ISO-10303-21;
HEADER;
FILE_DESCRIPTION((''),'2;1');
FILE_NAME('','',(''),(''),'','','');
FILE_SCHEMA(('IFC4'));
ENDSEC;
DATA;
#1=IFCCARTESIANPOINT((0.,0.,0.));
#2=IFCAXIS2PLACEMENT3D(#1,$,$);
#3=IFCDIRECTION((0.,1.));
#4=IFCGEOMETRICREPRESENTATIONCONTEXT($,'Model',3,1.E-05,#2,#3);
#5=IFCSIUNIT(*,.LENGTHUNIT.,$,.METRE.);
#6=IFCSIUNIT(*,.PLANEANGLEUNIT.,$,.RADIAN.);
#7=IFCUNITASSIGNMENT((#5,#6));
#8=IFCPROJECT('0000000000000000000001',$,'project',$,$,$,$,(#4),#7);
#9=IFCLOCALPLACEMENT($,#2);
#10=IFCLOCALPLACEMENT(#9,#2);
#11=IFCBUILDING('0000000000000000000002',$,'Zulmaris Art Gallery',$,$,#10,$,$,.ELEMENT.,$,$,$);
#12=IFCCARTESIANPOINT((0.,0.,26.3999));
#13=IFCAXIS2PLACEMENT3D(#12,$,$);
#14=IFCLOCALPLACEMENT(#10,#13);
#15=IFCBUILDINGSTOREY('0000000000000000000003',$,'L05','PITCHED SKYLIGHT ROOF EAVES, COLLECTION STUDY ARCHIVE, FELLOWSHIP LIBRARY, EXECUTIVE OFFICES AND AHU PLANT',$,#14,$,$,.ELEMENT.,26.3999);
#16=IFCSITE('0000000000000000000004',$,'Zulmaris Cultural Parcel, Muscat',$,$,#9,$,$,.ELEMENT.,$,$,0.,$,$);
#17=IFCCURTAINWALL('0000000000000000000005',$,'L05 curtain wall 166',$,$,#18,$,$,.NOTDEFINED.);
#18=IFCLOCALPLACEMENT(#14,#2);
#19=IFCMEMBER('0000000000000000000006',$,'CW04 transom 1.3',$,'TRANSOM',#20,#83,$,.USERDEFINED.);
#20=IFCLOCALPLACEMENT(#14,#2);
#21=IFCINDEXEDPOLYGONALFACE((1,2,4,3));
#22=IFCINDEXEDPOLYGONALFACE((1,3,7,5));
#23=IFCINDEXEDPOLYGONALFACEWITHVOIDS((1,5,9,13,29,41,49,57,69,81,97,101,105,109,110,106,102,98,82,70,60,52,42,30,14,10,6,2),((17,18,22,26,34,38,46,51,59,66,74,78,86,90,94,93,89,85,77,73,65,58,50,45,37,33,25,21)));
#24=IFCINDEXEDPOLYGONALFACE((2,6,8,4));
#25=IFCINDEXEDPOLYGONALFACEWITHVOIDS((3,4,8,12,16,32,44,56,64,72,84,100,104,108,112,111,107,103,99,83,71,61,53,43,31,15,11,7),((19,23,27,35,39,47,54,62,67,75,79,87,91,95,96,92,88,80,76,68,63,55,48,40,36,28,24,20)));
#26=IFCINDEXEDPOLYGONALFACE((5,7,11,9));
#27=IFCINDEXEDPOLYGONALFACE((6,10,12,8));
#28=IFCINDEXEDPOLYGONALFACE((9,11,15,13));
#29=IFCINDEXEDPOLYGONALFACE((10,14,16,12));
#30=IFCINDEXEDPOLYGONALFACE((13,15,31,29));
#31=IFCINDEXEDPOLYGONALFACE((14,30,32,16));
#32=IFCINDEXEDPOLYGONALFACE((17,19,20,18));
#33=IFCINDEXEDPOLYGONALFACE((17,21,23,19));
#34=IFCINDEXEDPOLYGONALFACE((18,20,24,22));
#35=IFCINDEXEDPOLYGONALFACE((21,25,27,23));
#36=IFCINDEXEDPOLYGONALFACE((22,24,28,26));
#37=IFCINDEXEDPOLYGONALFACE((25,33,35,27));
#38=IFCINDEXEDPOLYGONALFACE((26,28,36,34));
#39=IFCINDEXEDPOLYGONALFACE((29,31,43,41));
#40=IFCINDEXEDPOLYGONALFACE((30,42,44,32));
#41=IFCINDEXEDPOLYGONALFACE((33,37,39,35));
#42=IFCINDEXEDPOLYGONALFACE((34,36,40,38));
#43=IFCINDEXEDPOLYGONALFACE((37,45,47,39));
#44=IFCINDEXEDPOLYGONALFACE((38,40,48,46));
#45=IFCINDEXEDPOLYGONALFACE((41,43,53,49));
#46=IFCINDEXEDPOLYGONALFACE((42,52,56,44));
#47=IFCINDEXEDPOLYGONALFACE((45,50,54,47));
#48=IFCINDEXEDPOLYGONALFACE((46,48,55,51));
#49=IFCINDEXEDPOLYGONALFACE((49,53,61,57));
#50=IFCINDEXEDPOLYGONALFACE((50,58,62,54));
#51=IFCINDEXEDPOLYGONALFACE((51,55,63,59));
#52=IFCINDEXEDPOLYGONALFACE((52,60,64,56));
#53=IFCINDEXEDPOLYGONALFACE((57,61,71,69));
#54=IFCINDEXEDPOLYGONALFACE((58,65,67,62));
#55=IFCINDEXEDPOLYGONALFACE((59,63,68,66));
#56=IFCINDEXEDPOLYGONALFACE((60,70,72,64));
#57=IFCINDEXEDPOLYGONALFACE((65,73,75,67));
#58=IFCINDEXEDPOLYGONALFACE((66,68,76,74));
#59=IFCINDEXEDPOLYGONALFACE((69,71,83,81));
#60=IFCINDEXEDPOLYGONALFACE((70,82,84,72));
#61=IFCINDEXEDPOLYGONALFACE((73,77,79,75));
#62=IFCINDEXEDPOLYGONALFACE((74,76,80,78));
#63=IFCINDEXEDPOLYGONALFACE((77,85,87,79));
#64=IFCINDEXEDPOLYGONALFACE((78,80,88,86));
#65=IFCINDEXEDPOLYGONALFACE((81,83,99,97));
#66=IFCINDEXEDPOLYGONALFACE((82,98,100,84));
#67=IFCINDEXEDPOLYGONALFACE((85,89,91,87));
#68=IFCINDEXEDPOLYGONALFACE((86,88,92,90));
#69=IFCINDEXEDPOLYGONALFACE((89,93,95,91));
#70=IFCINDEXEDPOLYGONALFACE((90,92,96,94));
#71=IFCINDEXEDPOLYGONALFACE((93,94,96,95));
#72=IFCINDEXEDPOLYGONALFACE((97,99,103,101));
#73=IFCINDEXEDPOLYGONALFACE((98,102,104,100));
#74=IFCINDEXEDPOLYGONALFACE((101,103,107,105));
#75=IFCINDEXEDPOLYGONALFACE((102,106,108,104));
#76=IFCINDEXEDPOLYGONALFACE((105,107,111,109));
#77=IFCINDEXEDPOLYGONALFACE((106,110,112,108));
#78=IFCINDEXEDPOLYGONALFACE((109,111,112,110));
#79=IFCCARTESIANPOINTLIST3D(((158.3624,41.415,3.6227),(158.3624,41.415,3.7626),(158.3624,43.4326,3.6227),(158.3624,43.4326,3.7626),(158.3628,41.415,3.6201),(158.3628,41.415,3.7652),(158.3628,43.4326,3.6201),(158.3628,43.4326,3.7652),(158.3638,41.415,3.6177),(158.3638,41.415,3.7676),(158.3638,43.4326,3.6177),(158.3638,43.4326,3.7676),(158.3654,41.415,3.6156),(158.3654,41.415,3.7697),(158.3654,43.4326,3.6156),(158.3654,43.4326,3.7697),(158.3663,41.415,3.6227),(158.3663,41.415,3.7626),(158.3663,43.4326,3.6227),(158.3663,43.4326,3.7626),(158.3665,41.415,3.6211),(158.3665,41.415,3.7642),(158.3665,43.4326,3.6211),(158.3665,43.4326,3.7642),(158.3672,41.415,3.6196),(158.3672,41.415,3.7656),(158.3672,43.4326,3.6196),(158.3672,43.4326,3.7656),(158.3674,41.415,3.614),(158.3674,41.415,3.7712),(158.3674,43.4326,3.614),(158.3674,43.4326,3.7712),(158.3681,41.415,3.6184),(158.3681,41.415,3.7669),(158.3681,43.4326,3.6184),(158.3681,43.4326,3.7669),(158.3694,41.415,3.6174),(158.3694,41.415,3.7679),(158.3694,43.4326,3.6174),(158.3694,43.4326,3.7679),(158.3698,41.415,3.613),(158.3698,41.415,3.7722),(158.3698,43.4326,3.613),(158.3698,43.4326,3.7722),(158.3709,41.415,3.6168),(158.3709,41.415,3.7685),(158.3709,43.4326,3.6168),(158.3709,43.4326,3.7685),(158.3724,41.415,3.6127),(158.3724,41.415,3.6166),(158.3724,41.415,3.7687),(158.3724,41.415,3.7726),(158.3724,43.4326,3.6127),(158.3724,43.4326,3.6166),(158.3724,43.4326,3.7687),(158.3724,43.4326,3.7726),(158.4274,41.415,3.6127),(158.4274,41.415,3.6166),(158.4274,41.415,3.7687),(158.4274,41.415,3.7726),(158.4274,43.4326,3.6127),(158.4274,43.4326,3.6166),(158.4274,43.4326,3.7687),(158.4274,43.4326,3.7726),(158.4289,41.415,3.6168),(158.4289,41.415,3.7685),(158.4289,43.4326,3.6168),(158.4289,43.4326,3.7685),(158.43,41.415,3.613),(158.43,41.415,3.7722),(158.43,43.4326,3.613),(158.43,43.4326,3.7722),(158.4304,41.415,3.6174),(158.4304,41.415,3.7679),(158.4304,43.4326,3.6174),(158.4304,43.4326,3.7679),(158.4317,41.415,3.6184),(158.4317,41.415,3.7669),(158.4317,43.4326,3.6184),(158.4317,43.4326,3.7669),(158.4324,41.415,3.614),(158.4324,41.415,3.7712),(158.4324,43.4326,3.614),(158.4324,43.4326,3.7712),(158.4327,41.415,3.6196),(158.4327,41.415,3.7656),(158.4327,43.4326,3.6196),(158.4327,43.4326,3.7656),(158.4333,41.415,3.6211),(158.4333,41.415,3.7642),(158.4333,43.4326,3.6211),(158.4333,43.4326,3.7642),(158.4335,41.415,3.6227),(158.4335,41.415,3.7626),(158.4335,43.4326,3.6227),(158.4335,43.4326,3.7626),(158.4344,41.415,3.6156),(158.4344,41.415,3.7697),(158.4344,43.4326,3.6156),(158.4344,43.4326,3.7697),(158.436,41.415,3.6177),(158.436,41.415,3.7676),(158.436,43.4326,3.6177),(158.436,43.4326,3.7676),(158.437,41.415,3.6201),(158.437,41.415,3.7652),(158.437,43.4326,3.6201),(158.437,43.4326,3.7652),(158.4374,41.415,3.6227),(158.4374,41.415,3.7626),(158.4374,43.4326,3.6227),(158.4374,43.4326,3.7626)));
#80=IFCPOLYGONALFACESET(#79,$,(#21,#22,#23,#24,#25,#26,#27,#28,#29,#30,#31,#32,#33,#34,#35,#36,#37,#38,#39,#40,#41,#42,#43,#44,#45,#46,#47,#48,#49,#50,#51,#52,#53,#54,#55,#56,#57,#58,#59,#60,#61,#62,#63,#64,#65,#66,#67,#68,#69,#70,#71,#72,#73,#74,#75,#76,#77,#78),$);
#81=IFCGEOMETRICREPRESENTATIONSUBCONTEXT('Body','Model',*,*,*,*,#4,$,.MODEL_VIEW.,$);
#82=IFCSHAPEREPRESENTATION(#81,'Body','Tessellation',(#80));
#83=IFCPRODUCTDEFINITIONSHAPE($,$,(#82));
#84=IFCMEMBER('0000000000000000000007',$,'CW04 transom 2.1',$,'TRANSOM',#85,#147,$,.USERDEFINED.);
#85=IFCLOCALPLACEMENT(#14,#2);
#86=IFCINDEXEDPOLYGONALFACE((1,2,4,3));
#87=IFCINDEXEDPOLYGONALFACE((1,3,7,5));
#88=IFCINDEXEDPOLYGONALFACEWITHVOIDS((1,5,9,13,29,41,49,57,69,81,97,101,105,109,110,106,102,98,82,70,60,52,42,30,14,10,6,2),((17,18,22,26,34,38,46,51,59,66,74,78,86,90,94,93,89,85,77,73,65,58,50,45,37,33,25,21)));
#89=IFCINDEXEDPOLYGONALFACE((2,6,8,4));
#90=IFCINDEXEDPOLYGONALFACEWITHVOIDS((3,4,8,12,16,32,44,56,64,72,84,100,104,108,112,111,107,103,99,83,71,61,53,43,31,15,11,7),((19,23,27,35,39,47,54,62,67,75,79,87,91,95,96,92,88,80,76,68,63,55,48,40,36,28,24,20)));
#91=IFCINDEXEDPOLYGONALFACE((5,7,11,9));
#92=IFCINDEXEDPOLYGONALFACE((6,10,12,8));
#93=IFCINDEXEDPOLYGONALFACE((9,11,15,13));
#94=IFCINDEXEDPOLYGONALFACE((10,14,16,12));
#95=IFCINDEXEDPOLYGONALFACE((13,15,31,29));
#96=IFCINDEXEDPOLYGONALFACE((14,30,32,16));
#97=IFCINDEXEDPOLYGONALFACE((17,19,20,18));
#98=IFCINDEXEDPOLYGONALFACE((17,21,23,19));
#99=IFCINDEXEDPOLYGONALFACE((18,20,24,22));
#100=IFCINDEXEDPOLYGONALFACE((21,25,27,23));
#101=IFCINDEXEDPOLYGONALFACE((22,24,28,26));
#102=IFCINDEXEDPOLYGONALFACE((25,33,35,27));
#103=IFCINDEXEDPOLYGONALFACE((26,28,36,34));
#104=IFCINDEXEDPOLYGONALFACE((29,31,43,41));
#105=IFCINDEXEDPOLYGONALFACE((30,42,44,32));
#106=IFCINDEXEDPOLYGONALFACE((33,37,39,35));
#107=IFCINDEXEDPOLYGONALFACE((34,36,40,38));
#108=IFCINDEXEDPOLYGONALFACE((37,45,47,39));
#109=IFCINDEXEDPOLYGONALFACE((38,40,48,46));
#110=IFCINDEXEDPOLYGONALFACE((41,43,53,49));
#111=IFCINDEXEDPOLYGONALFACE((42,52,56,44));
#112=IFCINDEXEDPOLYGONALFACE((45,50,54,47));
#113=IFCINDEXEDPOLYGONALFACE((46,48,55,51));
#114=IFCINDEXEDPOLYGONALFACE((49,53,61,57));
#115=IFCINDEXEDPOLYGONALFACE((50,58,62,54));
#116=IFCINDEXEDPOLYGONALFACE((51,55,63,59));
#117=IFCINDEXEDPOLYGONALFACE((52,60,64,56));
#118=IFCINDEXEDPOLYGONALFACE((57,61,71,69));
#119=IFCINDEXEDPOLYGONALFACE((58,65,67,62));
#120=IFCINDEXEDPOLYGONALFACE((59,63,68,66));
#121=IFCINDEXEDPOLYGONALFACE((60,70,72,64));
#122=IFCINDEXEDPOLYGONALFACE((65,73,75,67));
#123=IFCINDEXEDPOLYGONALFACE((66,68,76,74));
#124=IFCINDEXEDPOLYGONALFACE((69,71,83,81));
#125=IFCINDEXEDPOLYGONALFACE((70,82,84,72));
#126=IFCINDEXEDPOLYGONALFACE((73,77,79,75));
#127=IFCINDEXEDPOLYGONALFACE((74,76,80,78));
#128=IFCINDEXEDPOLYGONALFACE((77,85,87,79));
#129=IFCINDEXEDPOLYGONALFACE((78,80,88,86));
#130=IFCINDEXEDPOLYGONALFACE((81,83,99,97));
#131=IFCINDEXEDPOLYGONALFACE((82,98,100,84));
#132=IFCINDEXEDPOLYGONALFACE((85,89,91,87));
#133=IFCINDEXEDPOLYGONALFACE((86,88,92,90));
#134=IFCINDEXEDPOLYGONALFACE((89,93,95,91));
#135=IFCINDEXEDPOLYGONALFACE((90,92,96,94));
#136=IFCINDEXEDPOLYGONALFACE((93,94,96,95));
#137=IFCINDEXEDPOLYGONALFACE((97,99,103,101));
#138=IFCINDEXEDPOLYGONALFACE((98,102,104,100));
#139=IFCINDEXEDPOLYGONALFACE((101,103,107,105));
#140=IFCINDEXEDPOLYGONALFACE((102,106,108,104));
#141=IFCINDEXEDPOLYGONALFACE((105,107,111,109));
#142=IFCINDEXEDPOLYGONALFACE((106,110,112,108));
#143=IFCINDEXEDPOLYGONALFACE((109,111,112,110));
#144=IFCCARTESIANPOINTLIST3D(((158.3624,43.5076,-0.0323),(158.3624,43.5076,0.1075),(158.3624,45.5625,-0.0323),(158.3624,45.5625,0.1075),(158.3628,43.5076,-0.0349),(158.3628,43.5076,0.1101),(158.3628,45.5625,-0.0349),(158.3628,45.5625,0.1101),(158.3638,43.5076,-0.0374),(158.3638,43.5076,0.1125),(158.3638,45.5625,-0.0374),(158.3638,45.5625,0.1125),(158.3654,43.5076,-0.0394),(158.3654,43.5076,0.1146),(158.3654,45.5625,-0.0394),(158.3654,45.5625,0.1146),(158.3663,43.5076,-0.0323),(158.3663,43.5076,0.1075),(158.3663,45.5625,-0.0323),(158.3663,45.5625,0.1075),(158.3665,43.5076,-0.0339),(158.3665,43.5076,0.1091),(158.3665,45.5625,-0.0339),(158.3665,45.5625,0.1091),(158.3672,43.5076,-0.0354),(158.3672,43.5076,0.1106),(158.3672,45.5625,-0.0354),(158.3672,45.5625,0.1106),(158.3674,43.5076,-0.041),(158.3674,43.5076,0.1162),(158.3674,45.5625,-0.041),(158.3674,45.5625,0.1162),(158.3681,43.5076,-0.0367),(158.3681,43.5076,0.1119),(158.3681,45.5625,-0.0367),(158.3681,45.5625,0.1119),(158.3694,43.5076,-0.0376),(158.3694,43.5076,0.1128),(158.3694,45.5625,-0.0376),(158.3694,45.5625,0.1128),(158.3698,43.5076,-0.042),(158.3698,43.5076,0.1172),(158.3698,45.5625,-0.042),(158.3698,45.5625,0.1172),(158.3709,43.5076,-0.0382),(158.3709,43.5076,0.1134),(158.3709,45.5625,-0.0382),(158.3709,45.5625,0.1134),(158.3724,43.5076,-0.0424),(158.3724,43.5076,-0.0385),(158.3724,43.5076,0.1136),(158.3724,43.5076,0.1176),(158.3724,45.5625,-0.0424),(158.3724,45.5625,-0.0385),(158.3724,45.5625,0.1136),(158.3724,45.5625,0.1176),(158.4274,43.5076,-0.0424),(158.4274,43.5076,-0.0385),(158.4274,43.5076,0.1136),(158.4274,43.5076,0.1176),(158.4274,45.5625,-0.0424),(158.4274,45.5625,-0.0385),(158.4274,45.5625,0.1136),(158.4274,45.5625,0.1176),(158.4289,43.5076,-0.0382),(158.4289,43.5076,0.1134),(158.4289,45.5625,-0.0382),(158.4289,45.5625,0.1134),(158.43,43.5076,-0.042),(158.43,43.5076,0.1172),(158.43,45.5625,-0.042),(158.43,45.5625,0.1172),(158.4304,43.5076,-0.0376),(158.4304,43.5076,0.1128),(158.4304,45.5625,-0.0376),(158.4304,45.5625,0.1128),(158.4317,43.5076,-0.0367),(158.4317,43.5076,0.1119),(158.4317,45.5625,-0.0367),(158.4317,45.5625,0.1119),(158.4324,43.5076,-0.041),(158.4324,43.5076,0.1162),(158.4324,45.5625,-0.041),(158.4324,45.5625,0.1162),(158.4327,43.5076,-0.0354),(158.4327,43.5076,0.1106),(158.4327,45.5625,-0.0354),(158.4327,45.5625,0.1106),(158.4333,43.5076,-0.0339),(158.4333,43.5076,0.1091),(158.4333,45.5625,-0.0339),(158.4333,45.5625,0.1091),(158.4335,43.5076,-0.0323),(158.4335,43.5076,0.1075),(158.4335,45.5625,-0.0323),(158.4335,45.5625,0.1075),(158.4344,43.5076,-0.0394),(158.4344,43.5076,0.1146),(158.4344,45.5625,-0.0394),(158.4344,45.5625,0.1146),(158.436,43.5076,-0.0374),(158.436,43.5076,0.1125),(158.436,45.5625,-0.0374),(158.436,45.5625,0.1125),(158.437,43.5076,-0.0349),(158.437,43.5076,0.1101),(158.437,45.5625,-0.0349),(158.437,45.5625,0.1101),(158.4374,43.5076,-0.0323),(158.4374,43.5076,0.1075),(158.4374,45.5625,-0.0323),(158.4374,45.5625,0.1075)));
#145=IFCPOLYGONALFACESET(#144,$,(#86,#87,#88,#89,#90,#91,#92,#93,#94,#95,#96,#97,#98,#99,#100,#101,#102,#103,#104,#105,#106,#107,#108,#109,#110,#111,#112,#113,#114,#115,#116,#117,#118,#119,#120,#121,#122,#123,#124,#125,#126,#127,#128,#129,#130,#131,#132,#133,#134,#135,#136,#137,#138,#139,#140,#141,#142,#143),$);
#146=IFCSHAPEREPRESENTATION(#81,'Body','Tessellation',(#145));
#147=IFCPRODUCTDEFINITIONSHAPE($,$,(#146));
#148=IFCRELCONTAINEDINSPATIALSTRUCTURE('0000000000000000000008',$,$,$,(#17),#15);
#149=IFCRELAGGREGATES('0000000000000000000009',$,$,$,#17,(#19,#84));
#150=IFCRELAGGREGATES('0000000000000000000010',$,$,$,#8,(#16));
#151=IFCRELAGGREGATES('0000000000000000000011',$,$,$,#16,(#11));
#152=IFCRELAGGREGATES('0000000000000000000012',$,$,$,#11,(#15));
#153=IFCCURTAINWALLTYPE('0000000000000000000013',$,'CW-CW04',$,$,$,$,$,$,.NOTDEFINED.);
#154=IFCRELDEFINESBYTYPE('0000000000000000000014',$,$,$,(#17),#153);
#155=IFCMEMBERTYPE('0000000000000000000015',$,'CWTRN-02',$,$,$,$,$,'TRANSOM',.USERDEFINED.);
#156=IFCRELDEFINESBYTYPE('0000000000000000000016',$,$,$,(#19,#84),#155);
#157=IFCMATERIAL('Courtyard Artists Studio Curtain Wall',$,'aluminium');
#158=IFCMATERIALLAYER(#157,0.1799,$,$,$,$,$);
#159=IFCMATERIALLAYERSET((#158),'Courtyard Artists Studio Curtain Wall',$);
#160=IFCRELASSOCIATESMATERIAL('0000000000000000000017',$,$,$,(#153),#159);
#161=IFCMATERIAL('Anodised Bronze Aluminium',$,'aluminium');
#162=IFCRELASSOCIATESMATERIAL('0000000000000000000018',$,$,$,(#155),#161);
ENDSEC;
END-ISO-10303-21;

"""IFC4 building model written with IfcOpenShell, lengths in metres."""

from ifc_helpers import new_model, si_unit, direction, frame, origin, origin_2d, place, context, subcontext, project, spatial, hollow_rectangle, extrude, material, layer, layer_set, material_profile, profile_set, type_object, element, aggregate, save


model = new_model("IFC4")

# Units and contexts
model_context = context("Model", 3, precision=1e-05, world=origin(), true_north=direction((0.0, 1.0)))
body_context = subcontext(model_context, "Body", "Model", "MODEL_VIEW")
ifc_project = project(units=[si_unit("LENGTHUNIT", "METRE"), si_unit("PLANEANGLEUNIT", "RADIAN")], contexts=[model_context])

# Site, building, storey
site_placement = place(None, origin())
site = spatial("IfcSite", under=ifc_project, at=site_placement, Name="Zulmaris Cultural Parcel, Muscat", CompositionType="ELEMENT", RefElevation=0.0)
building_placement = place(site_placement, origin())
building = spatial("IfcBuilding", under=site, at=building_placement, Name="Zulmaris Art Gallery", CompositionType="ELEMENT")
storey_placement = place(building_placement, frame((0.0, 0.0, 26.3999)))
storey = spatial("IfcBuildingStorey", under=building, at=storey_placement, Name="L05", Description="PITCHED SKYLIGHT ROOF EAVES, COLLECTION STUDY ARCHIVE, FELLOWSHIP LIBRARY, EXECUTIVE OFFICES AND AHU PLANT", CompositionType="ELEMENT", Elevation=26.3999)

# Shared definitions
ifc_material_1 = material(Name="Courtyard Artists Studio Curtain Wall", Category="aluminium")
ifc_layer_1 = layer(ifc_material_1, 0.1799)
ifc_layer_set_1 = layer_set([ifc_layer_1], Name="Courtyard Artists Studio Curtain Wall")
curtain_wall_type = type_object("IfcCurtainWallType", Name="CW-CW04", PredefinedType="NOTDEFINED", material=ifc_layer_set_1)
ifc_material_2 = material(Name="Anodised Bronze Aluminium", Category="aluminium")

# Curtain wall
curtain_wall_1_placement = place(storey_placement, origin())
curtain_wall_1 = element("IfcCurtainWall", 1, at=curtain_wall_1_placement, inside=storey, type_object=curtain_wall_type, Name="L05 curtain wall 166", PredefinedType="NOTDEFINED")

# Members
ifc_material_profile_1 = material_profile(ifc_material_2, hollow_rectangle(XDim=0.075, YDim=0.1599, WallThickness=0.0039, InnerFilletRadius=0.0061, OuterFilletRadius=0.01, at=origin_2d()), Name="ALU 75x160x4")
ifc_profile_set_1 = profile_set([ifc_material_profile_1], Name="Anodised Bronze Aluminium")
member_type_1 = type_object("IfcMemberType", Name="CWTRN-02", ElementType="TRANSOM", PredefinedType="USERDEFINED", material=ifc_profile_set_1)
member_1_placement = place(storey_placement, frame((158.3999, 41.415, 3.6926), z_axis=(0.0, 1.0, 0.0), x_axis=(-1.0, 0.0, 0.0)))
member_1 = element("IfcMember", 2, at=member_1_placement, type_object=member_type_1, Name="CW04 transom 1.3", ObjectType="TRANSOM", PredefinedType="USERDEFINED", context=body_context, shape_type="SweptSolid", body=[
    extrude(hollow_rectangle(XDim=0.075, YDim=0.1599, WallThickness=0.0039, InnerFilletRadius=0.0061, OuterFilletRadius=0.01, at=origin_2d()), origin(), (0.0, 0.0, 1.0), 2.0176),
])
member_2_placement = place(storey_placement, frame((158.3999, 43.5076, 0.0376), z_axis=(0.0, 1.0, 0.0), x_axis=(-1.0, 0.0, 0.0)))
member_2 = element("IfcMember", 3, at=member_2_placement, type_object=member_type_1, Name="CW04 transom 2.1", ObjectType="TRANSOM", PredefinedType="USERDEFINED", context=body_context, shape_type="SweptSolid", body=[
    extrude(hollow_rectangle(XDim=0.075, YDim=0.1599, WallThickness=0.0039, InnerFilletRadius=0.0061, OuterFilletRadius=0.01, at=origin_2d()), origin(), (0.0, 0.0, 1.0), 2.0549),
])

aggregate(curtain_wall_1, [member_1, member_2])

save(model, "model.ifc")
